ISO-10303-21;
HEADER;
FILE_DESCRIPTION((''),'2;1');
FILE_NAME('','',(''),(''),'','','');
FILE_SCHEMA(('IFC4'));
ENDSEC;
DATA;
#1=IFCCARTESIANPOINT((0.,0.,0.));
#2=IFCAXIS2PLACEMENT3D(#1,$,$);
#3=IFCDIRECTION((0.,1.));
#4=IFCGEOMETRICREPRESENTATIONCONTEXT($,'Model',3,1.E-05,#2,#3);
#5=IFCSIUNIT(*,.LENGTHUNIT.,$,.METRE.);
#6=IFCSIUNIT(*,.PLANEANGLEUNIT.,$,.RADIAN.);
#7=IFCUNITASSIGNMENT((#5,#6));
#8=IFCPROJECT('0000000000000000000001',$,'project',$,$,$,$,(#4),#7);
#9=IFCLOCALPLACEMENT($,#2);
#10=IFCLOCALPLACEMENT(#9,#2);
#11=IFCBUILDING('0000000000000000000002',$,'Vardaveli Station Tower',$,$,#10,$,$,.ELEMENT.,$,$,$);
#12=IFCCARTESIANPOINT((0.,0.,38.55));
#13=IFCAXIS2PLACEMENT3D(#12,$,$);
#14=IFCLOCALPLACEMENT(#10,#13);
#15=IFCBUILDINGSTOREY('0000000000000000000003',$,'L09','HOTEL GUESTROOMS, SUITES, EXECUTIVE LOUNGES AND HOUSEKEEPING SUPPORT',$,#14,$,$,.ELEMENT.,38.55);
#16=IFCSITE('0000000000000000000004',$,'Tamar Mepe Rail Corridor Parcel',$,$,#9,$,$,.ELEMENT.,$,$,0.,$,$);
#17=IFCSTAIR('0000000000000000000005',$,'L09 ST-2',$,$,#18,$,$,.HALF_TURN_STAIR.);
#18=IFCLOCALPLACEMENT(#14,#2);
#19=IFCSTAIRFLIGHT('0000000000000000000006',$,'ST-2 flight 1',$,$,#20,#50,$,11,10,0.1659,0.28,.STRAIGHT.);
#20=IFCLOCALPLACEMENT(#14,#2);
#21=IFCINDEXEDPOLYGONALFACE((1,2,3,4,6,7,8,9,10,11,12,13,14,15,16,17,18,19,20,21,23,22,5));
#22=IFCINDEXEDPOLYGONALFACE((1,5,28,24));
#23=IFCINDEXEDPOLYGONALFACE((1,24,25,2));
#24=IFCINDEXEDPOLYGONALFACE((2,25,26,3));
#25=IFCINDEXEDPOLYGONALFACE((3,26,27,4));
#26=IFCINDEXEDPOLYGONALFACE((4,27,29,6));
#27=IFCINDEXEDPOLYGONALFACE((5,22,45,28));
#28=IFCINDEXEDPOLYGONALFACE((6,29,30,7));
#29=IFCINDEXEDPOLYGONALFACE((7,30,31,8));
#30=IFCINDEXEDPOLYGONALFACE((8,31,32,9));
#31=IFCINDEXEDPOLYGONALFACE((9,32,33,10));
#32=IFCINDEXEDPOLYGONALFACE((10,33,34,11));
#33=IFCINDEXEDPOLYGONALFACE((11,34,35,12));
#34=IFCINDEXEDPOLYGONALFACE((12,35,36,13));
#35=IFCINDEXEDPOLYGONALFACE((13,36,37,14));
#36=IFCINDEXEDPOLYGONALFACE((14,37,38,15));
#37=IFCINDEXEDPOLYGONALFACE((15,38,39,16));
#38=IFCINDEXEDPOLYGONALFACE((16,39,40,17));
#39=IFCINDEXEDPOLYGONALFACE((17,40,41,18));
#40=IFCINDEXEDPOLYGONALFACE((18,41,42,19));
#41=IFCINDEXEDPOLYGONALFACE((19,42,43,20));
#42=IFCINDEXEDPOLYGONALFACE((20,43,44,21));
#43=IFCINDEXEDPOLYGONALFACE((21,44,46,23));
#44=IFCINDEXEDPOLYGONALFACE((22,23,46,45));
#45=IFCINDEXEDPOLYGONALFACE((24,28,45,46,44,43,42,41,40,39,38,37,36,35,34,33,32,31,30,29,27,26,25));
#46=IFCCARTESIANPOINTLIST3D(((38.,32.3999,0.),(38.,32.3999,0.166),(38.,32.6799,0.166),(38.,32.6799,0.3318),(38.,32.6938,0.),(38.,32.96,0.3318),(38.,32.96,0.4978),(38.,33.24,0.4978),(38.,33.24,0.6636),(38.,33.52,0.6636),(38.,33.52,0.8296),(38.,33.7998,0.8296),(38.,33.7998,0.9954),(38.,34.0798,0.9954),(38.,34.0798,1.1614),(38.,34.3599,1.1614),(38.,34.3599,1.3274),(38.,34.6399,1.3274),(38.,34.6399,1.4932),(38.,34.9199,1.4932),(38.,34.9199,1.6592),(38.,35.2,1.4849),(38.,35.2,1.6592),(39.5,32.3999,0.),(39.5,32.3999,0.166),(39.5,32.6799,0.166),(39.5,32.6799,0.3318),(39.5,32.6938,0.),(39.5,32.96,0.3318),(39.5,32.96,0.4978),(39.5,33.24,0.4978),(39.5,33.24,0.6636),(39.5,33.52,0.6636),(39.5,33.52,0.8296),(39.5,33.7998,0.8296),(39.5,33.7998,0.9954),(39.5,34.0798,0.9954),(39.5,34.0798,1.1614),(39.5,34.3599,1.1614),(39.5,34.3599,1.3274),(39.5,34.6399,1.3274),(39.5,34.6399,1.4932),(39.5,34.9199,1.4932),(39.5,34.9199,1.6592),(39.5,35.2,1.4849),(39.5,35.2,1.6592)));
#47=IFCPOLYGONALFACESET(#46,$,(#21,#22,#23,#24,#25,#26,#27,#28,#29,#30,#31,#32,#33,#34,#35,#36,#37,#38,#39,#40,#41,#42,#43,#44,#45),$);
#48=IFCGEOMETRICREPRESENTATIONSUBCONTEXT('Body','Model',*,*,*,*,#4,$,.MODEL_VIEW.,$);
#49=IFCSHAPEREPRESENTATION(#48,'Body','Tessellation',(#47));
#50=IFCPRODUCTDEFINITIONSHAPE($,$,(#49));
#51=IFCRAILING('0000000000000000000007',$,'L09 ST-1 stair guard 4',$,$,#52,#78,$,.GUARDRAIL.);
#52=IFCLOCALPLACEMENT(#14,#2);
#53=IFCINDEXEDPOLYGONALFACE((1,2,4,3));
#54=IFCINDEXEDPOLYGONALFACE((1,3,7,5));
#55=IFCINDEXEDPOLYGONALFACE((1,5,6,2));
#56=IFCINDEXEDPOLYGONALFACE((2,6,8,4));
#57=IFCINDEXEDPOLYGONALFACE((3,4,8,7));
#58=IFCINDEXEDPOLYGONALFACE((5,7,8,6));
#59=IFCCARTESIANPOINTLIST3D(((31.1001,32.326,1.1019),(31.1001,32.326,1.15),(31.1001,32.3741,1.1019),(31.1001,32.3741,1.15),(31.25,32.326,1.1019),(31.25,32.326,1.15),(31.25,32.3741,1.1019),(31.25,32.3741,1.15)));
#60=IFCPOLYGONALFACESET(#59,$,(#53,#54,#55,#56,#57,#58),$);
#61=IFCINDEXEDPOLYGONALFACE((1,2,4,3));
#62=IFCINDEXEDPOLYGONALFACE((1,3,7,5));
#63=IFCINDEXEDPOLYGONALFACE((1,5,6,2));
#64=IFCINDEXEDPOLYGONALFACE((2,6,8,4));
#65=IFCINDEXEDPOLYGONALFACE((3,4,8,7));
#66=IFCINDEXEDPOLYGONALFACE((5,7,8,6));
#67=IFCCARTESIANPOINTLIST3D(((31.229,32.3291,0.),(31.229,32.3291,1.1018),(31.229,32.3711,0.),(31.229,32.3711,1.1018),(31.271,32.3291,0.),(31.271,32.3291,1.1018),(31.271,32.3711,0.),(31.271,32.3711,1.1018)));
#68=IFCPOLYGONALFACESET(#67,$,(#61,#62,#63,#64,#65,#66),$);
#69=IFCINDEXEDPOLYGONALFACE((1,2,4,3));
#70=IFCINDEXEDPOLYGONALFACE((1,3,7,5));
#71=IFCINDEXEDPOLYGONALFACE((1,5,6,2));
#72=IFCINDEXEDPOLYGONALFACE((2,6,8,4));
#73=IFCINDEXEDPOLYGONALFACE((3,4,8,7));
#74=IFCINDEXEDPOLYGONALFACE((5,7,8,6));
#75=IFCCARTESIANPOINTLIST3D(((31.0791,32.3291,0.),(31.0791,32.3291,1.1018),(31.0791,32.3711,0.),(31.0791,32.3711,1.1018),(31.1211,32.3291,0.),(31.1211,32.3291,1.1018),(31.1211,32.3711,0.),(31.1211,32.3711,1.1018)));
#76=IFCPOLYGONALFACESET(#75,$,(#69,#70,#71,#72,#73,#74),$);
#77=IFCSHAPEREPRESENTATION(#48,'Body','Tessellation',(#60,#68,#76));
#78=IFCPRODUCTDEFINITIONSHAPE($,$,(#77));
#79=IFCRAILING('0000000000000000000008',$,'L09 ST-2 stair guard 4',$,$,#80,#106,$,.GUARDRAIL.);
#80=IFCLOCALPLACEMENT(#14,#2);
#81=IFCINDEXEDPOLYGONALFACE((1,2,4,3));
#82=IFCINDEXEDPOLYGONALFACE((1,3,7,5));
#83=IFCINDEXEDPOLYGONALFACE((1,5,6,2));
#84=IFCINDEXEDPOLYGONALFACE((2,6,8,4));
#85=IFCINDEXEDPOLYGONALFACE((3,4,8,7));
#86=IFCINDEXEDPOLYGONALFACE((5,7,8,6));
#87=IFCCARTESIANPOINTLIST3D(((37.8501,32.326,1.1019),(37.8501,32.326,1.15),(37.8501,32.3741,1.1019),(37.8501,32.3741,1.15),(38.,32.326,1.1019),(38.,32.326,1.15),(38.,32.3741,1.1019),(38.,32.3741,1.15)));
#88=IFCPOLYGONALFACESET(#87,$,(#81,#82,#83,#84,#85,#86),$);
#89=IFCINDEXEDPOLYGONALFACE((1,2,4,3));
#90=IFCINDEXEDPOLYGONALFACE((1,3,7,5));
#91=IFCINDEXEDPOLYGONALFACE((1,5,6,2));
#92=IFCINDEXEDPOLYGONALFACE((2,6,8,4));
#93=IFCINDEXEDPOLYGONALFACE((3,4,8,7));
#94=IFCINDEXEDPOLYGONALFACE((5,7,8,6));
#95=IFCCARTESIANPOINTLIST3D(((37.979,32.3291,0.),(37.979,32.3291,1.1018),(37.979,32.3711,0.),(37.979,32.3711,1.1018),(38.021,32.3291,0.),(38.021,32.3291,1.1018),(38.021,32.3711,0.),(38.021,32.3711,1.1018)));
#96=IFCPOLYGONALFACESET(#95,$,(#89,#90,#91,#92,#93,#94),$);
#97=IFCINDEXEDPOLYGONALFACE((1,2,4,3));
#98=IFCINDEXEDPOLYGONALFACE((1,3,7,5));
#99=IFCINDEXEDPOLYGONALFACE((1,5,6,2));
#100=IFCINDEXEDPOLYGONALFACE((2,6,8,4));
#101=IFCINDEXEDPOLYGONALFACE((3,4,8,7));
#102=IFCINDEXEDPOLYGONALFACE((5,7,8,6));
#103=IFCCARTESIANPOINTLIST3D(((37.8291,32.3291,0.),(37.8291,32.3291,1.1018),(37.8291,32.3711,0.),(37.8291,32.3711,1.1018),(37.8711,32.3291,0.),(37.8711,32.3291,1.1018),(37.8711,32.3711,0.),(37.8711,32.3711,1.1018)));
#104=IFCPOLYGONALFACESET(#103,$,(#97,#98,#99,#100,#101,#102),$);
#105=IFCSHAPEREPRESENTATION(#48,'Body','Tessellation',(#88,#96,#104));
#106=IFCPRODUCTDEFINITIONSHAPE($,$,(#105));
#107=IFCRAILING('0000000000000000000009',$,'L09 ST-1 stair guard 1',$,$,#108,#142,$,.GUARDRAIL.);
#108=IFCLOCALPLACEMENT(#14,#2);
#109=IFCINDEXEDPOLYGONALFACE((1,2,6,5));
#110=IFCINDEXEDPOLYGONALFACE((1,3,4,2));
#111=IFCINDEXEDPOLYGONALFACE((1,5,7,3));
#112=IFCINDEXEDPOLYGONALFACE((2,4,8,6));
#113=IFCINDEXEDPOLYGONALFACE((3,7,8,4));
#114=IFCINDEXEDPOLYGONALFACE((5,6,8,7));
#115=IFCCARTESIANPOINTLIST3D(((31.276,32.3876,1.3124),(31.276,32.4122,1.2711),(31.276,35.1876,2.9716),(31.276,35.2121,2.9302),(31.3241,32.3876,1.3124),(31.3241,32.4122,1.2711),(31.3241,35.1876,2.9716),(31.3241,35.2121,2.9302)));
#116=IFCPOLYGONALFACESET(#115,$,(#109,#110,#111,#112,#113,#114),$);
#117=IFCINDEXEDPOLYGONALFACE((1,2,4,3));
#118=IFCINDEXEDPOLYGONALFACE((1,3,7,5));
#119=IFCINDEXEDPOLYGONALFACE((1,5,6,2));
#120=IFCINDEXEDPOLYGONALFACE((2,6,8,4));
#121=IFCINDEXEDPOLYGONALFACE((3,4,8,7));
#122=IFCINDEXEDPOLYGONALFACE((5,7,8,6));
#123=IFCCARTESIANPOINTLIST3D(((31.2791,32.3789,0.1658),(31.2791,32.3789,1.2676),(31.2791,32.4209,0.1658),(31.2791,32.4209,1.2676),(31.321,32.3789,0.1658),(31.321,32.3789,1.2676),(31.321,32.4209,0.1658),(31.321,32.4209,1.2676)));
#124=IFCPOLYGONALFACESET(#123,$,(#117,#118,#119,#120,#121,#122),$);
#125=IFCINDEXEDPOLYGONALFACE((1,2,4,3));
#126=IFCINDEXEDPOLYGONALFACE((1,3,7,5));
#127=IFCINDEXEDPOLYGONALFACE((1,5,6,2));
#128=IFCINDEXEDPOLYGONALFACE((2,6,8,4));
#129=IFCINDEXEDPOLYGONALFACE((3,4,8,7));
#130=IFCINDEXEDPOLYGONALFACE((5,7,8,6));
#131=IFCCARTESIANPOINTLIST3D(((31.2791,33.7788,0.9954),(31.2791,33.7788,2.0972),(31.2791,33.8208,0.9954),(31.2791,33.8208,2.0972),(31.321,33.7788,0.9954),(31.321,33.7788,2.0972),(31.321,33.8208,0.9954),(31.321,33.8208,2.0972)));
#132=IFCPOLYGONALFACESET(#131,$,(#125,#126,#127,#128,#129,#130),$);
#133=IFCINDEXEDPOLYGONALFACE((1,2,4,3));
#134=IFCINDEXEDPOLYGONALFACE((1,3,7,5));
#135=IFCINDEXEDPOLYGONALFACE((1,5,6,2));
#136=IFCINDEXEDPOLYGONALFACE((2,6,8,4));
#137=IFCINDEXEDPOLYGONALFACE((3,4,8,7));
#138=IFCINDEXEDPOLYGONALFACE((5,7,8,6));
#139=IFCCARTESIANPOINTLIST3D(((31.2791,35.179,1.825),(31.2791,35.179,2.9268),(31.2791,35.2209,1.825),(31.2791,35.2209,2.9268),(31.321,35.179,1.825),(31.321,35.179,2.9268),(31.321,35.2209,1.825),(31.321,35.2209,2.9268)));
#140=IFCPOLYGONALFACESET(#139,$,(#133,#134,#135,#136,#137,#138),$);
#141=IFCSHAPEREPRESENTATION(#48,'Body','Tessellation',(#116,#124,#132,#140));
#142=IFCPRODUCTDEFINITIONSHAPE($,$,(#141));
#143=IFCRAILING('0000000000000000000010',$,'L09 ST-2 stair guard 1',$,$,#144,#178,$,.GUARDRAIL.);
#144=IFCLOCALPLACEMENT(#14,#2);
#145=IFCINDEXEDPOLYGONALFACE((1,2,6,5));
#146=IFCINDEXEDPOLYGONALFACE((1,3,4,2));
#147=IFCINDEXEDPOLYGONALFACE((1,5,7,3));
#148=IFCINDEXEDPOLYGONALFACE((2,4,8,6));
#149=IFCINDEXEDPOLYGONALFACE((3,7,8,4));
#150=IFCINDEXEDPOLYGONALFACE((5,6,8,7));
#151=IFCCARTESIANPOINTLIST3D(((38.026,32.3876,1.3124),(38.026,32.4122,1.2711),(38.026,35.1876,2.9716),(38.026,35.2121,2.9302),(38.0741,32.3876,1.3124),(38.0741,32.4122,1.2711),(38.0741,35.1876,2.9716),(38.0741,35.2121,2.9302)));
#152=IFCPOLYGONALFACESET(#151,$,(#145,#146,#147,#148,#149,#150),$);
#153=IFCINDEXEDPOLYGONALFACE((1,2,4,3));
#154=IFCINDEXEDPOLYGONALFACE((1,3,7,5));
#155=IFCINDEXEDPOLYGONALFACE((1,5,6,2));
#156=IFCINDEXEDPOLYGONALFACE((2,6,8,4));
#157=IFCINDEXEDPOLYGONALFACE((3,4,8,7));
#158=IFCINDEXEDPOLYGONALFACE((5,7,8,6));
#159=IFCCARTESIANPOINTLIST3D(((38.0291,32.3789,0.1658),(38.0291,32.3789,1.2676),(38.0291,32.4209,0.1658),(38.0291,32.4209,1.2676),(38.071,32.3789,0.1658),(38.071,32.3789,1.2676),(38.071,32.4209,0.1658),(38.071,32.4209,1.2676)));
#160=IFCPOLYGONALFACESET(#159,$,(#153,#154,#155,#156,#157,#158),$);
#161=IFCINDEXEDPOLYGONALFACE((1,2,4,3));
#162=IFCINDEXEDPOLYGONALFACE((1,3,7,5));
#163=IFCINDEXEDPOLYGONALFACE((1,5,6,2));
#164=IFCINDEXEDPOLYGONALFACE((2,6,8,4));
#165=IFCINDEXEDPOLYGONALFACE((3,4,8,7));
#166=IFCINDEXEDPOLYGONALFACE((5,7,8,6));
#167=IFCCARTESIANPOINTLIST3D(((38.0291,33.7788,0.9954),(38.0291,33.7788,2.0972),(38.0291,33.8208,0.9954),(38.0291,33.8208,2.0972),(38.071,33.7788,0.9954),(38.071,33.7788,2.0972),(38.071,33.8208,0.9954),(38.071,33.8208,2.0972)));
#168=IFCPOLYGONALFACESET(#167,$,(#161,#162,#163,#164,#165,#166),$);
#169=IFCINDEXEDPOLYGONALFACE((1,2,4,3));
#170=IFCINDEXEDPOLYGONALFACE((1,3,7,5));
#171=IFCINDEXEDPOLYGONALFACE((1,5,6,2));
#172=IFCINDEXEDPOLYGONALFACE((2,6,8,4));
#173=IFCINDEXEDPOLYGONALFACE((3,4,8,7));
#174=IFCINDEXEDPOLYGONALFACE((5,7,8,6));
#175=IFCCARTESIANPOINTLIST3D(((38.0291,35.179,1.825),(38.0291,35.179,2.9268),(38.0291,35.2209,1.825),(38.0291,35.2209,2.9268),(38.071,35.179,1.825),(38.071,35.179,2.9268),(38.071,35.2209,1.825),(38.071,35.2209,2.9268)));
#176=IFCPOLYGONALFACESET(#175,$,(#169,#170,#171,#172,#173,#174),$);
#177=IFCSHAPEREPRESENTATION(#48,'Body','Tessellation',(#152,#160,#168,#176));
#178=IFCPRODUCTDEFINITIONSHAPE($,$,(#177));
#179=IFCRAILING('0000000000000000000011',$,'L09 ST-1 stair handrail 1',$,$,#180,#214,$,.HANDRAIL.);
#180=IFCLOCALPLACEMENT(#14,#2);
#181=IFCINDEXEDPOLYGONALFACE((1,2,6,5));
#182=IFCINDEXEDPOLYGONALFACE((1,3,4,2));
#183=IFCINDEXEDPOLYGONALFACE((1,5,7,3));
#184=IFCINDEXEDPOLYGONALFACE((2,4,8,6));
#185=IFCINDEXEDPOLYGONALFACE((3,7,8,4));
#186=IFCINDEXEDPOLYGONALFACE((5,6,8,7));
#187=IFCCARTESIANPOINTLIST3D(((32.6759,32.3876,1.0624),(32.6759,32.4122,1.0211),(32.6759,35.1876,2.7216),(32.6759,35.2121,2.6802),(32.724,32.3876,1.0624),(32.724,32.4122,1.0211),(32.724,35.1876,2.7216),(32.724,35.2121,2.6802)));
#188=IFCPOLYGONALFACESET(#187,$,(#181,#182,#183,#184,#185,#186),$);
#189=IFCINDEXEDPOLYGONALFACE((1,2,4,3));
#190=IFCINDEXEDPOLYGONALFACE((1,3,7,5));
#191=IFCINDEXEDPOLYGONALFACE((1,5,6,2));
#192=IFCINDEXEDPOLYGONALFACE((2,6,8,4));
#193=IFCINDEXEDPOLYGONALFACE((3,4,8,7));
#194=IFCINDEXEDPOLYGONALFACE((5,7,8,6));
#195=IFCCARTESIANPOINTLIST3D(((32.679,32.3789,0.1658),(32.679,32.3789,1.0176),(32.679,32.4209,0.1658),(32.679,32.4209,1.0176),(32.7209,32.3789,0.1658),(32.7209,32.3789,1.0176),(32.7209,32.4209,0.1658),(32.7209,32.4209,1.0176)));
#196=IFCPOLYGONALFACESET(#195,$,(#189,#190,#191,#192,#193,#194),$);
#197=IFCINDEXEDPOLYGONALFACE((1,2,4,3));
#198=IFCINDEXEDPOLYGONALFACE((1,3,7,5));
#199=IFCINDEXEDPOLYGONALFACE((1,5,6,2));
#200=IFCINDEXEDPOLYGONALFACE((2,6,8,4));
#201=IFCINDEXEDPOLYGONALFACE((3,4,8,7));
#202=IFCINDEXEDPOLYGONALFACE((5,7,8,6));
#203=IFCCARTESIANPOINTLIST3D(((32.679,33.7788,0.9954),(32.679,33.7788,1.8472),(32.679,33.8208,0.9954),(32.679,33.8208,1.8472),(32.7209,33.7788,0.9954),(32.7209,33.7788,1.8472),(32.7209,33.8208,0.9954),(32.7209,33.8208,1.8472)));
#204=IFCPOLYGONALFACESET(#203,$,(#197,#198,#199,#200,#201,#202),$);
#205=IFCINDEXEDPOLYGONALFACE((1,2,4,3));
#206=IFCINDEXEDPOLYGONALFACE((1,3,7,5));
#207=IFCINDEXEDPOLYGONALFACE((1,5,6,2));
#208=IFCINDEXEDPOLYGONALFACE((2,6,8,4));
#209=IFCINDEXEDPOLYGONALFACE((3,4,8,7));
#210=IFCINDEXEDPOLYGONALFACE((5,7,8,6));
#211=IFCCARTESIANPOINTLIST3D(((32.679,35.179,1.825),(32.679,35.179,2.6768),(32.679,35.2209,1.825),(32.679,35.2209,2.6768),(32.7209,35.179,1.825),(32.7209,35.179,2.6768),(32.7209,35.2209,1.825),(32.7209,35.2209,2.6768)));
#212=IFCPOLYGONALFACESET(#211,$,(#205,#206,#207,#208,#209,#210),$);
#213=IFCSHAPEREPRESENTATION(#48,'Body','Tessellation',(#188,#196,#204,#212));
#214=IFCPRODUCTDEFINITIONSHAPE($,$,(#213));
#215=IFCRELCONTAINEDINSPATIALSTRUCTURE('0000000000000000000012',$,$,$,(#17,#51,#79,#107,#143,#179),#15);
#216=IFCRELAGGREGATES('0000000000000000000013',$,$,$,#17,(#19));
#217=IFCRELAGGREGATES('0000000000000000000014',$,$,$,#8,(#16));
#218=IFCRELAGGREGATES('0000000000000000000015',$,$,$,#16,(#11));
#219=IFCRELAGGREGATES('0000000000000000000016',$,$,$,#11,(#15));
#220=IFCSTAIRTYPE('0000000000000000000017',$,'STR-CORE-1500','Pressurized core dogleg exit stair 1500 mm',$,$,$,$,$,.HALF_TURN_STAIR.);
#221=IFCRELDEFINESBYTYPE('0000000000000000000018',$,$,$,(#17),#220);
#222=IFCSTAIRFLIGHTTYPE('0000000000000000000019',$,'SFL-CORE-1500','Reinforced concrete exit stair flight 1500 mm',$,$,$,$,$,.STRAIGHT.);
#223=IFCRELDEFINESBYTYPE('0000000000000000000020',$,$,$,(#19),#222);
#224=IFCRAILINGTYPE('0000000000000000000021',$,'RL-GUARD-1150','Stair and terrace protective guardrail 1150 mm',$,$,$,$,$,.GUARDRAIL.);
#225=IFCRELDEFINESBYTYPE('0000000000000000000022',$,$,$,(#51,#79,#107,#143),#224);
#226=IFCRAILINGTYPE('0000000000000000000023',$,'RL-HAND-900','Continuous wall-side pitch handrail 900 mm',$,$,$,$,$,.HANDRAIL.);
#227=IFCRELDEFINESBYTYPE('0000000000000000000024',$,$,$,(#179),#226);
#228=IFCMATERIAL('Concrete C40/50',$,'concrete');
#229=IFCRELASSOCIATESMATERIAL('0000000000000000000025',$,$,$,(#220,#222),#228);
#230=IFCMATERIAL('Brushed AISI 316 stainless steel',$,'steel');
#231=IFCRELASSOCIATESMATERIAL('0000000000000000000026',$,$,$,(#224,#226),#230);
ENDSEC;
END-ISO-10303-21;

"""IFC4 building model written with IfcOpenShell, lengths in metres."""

from ifc_helpers import new_model, si_unit, direction, frame, origin, origin_2d, place, context, subcontext, project, spatial, polyline, rectangle, outline, extrude, source, transform, mapped, material, type_object, element, aggregate, save


model = new_model("IFC4")

# Units and contexts
model_context = context("Model", 3, precision=1e-05, world=origin(), true_north=direction((0.0, 1.0)))
body_context = subcontext(model_context, "Body", "Model", "MODEL_VIEW")
ifc_project = project(units=[si_unit("LENGTHUNIT", "METRE"), si_unit("PLANEANGLEUNIT", "RADIAN")], contexts=[model_context])

# Site, building, storey
site_placement = place(None, origin())
site = spatial("IfcSite", under=ifc_project, at=site_placement, Name="Tamar Mepe Rail Corridor Parcel", CompositionType="ELEMENT", RefElevation=0.0)
building_placement = place(site_placement, origin())
building = spatial("IfcBuilding", under=site, at=building_placement, Name="Vardaveli Station Tower", CompositionType="ELEMENT")
storey_placement = place(building_placement, frame((0.0, 0.0, 38.55)))
storey = spatial("IfcBuildingStorey", under=building, at=storey_placement, Name="L09", Description="HOTEL GUESTROOMS, SUITES, EXECUTIVE LOUNGES AND HOUSEKEEPING SUPPORT", CompositionType="ELEMENT", Elevation=38.55)

# Shared definitions
ifc_material_1 = material(Name="Concrete C40/50", Category="concrete")

# Stair, stair flight
stair_type = type_object("IfcStairType", Name="STR-CORE-1500", Description="Pressurized core dogleg exit stair 1500 mm", PredefinedType="HALF_TURN_STAIR", material=ifc_material_1)
stair_flight_type = type_object("IfcStairFlightType", Name="SFL-CORE-1500", Description="Reinforced concrete exit stair flight 1500 mm", PredefinedType="STRAIGHT", material=ifc_material_1)
shared_shape_1 = source(origin(), body_context, "Body", "SweptSolid", [
    extrude(outline(polyline([(0.0, 0.0), (0.0, 0.166), (0.28, 0.166), (0.28, 0.3318), (0.5601, 0.3318), (0.5601, 0.4978), (0.8401, 0.4978), (0.8401, 0.6636), (1.1201, 0.6636), (1.1201, 0.8296), (1.3999, 0.8296), (1.3999, 0.9954), (1.6799, 0.9954), (1.6799, 1.1614), (1.96, 1.1614), (1.96, 1.3274), (2.24, 1.3274), (2.24, 1.4932), (2.52, 1.4932), (2.52, 1.6592), (2.8, 1.6592), (2.8, 1.825), (2.8, 1.4849), (0.2939, 0.0), (0.0, 0.0)])), frame((0.0, 0.75, 0.0), z_axis=(0.0, -1.0, 0.0), x_axis=(1.0, 0.0, 0.0)), (0.0, 0.0, 1.0), 1.5),
])
stair_1_placement = place(storey_placement, origin())
stair_1 = element("IfcStair", 1, at=stair_1_placement, inside=storey, type_object=stair_type, Name="L09 ST-2", PredefinedType="HALF_TURN_STAIR")
stair_flight_1_placement = place(storey_placement, frame((38.75, 32.3999, 0.0), z_axis=(0.0, 0.0, 1.0), x_axis=(0.0, 1.0, 0.0)))
stair_flight_1 = element("IfcStairFlight", 2, at=stair_flight_1_placement, type_object=stair_flight_type, Name="ST-2 flight 1", NumberOfRisers=11, NumberOfTreads=10, PredefinedType="STRAIGHT", RiserHeight=0.1659, TreadLength=0.28, context=body_context, shape_type="MappedRepresentation", body=[
    mapped(shared_shape_1, transform((0.0, 0.0, 0.0), scale=1.0)),
])
aggregate(stair_1, [stair_flight_1])

# Railings
ifc_material_2 = material(Name="Brushed AISI 316 stainless steel", Category="steel")
railing_type_1 = type_object("IfcRailingType", Name="RL-GUARD-1150", Description="Stair and terrace protective guardrail 1150 mm", PredefinedType="GUARDRAIL", material=ifc_material_2)
shared_shape_2 = source(origin(), body_context, "Body", "SweptSolid", [
    extrude(rectangle(XDim=0.0481, YDim=0.0481, at=origin_2d()), frame((0.0, 0.0, 1.126), z_axis=(-1.0, 0.0, 0.0), x_axis=(0.0, -1.0, 0.0)), (0.0, 0.0, 1.0), 0.1499),
    extrude(rectangle(XDim=0.042, YDim=0.042, at=origin_2d()), origin(), (0.0, 0.0, 1.0), 1.1018),
    extrude(rectangle(XDim=0.042, YDim=0.042, at=origin_2d()), frame((-0.1499, 0.0, 0.0)), (0.0, 0.0, 1.0), 1.1018),
])
for number, where, name in (
    (3, (31.25, 32.3501, 0.0), "L09 ST-1 stair guard 4"),
    (4, (38.0, 32.3501, 0.0), "L09 ST-2 stair guard 4"),
):
    element("IfcRailing", number, at=place(storey_placement, frame(where)), inside=storey, type_object=railing_type_1, Name=name, PredefinedType="GUARDRAIL", context=body_context, shape_type="MappedRepresentation", body=[
        mapped(shared_shape_2, transform((0.0, 0.0, 0.0), scale=1.0)),
    ])
shared_shape_3 = source(origin(), body_context, "Body", "SweptSolid", [
    extrude(rectangle(XDim=0.0481, YDim=0.0481, at=origin_2d()), frame((0.0, 0.0, 1.126), z_axis=(0.0, 0.860306, 0.509778), x_axis=(-1.0, 0.0, 0.0)), (0.0, 0.0, 1.0), 3.2546),
    extrude(rectangle(XDim=0.042, YDim=0.042, at=origin_2d()), origin(), (0.0, 0.0, 1.0), 1.1018),
    extrude(rectangle(XDim=0.042, YDim=0.042, at=origin_2d()), frame((0.0, 1.3999, 0.8296)), (0.0, 0.0, 1.0), 1.1018),
    extrude(rectangle(XDim=0.042, YDim=0.042, at=origin_2d()), frame((0.0, 2.8, 1.6592)), (0.0, 0.0, 1.0), 1.1018),
])
for number, where, name in (
    (5, (31.3, 32.3999, 0.1658), "L09 ST-1 stair guard 1"),
    (6, (38.05, 32.3999, 0.1658), "L09 ST-2 stair guard 1"),
):
    element("IfcRailing", number, at=place(storey_placement, frame(where)), inside=storey, type_object=railing_type_1, Name=name, PredefinedType="GUARDRAIL", context=body_context, shape_type="MappedRepresentation", body=[
        mapped(shared_shape_3, transform((0.0, 0.0, 0.0), scale=1.0)),
    ])
railing_type_2 = type_object("IfcRailingType", Name="RL-HAND-900", Description="Continuous wall-side pitch handrail 900 mm", PredefinedType="HANDRAIL", material=ifc_material_2)
shared_shape_4 = source(origin(), body_context, "Body", "SweptSolid", [
    extrude(rectangle(XDim=0.0481, YDim=0.0481, at=origin_2d()), frame((0.0, 0.0, 0.876), z_axis=(0.0, 0.860306, 0.509778), x_axis=(-1.0, 0.0, 0.0)), (0.0, 0.0, 1.0), 3.2546),
    extrude(rectangle(XDim=0.042, YDim=0.042, at=origin_2d()), origin(), (0.0, 0.0, 1.0), 0.8518),
    extrude(rectangle(XDim=0.042, YDim=0.042, at=origin_2d()), frame((0.0, 1.3999, 0.8296)), (0.0, 0.0, 1.0), 0.8518),
    extrude(rectangle(XDim=0.042, YDim=0.042, at=origin_2d()), frame((0.0, 2.8, 1.6592)), (0.0, 0.0, 1.0), 0.8518),
])
railing_placement = place(storey_placement, frame((32.7, 32.3999, 0.1658)))
element("IfcRailing", 7, at=railing_placement, inside=storey, type_object=railing_type_2, Name="L09 ST-1 stair handrail 1", PredefinedType="HANDRAIL", context=body_context, shape_type="MappedRepresentation", body=[
    mapped(shared_shape_4, transform((0.0, 0.0, 0.0), scale=1.0)),
])

save(model, "model.ifc")
